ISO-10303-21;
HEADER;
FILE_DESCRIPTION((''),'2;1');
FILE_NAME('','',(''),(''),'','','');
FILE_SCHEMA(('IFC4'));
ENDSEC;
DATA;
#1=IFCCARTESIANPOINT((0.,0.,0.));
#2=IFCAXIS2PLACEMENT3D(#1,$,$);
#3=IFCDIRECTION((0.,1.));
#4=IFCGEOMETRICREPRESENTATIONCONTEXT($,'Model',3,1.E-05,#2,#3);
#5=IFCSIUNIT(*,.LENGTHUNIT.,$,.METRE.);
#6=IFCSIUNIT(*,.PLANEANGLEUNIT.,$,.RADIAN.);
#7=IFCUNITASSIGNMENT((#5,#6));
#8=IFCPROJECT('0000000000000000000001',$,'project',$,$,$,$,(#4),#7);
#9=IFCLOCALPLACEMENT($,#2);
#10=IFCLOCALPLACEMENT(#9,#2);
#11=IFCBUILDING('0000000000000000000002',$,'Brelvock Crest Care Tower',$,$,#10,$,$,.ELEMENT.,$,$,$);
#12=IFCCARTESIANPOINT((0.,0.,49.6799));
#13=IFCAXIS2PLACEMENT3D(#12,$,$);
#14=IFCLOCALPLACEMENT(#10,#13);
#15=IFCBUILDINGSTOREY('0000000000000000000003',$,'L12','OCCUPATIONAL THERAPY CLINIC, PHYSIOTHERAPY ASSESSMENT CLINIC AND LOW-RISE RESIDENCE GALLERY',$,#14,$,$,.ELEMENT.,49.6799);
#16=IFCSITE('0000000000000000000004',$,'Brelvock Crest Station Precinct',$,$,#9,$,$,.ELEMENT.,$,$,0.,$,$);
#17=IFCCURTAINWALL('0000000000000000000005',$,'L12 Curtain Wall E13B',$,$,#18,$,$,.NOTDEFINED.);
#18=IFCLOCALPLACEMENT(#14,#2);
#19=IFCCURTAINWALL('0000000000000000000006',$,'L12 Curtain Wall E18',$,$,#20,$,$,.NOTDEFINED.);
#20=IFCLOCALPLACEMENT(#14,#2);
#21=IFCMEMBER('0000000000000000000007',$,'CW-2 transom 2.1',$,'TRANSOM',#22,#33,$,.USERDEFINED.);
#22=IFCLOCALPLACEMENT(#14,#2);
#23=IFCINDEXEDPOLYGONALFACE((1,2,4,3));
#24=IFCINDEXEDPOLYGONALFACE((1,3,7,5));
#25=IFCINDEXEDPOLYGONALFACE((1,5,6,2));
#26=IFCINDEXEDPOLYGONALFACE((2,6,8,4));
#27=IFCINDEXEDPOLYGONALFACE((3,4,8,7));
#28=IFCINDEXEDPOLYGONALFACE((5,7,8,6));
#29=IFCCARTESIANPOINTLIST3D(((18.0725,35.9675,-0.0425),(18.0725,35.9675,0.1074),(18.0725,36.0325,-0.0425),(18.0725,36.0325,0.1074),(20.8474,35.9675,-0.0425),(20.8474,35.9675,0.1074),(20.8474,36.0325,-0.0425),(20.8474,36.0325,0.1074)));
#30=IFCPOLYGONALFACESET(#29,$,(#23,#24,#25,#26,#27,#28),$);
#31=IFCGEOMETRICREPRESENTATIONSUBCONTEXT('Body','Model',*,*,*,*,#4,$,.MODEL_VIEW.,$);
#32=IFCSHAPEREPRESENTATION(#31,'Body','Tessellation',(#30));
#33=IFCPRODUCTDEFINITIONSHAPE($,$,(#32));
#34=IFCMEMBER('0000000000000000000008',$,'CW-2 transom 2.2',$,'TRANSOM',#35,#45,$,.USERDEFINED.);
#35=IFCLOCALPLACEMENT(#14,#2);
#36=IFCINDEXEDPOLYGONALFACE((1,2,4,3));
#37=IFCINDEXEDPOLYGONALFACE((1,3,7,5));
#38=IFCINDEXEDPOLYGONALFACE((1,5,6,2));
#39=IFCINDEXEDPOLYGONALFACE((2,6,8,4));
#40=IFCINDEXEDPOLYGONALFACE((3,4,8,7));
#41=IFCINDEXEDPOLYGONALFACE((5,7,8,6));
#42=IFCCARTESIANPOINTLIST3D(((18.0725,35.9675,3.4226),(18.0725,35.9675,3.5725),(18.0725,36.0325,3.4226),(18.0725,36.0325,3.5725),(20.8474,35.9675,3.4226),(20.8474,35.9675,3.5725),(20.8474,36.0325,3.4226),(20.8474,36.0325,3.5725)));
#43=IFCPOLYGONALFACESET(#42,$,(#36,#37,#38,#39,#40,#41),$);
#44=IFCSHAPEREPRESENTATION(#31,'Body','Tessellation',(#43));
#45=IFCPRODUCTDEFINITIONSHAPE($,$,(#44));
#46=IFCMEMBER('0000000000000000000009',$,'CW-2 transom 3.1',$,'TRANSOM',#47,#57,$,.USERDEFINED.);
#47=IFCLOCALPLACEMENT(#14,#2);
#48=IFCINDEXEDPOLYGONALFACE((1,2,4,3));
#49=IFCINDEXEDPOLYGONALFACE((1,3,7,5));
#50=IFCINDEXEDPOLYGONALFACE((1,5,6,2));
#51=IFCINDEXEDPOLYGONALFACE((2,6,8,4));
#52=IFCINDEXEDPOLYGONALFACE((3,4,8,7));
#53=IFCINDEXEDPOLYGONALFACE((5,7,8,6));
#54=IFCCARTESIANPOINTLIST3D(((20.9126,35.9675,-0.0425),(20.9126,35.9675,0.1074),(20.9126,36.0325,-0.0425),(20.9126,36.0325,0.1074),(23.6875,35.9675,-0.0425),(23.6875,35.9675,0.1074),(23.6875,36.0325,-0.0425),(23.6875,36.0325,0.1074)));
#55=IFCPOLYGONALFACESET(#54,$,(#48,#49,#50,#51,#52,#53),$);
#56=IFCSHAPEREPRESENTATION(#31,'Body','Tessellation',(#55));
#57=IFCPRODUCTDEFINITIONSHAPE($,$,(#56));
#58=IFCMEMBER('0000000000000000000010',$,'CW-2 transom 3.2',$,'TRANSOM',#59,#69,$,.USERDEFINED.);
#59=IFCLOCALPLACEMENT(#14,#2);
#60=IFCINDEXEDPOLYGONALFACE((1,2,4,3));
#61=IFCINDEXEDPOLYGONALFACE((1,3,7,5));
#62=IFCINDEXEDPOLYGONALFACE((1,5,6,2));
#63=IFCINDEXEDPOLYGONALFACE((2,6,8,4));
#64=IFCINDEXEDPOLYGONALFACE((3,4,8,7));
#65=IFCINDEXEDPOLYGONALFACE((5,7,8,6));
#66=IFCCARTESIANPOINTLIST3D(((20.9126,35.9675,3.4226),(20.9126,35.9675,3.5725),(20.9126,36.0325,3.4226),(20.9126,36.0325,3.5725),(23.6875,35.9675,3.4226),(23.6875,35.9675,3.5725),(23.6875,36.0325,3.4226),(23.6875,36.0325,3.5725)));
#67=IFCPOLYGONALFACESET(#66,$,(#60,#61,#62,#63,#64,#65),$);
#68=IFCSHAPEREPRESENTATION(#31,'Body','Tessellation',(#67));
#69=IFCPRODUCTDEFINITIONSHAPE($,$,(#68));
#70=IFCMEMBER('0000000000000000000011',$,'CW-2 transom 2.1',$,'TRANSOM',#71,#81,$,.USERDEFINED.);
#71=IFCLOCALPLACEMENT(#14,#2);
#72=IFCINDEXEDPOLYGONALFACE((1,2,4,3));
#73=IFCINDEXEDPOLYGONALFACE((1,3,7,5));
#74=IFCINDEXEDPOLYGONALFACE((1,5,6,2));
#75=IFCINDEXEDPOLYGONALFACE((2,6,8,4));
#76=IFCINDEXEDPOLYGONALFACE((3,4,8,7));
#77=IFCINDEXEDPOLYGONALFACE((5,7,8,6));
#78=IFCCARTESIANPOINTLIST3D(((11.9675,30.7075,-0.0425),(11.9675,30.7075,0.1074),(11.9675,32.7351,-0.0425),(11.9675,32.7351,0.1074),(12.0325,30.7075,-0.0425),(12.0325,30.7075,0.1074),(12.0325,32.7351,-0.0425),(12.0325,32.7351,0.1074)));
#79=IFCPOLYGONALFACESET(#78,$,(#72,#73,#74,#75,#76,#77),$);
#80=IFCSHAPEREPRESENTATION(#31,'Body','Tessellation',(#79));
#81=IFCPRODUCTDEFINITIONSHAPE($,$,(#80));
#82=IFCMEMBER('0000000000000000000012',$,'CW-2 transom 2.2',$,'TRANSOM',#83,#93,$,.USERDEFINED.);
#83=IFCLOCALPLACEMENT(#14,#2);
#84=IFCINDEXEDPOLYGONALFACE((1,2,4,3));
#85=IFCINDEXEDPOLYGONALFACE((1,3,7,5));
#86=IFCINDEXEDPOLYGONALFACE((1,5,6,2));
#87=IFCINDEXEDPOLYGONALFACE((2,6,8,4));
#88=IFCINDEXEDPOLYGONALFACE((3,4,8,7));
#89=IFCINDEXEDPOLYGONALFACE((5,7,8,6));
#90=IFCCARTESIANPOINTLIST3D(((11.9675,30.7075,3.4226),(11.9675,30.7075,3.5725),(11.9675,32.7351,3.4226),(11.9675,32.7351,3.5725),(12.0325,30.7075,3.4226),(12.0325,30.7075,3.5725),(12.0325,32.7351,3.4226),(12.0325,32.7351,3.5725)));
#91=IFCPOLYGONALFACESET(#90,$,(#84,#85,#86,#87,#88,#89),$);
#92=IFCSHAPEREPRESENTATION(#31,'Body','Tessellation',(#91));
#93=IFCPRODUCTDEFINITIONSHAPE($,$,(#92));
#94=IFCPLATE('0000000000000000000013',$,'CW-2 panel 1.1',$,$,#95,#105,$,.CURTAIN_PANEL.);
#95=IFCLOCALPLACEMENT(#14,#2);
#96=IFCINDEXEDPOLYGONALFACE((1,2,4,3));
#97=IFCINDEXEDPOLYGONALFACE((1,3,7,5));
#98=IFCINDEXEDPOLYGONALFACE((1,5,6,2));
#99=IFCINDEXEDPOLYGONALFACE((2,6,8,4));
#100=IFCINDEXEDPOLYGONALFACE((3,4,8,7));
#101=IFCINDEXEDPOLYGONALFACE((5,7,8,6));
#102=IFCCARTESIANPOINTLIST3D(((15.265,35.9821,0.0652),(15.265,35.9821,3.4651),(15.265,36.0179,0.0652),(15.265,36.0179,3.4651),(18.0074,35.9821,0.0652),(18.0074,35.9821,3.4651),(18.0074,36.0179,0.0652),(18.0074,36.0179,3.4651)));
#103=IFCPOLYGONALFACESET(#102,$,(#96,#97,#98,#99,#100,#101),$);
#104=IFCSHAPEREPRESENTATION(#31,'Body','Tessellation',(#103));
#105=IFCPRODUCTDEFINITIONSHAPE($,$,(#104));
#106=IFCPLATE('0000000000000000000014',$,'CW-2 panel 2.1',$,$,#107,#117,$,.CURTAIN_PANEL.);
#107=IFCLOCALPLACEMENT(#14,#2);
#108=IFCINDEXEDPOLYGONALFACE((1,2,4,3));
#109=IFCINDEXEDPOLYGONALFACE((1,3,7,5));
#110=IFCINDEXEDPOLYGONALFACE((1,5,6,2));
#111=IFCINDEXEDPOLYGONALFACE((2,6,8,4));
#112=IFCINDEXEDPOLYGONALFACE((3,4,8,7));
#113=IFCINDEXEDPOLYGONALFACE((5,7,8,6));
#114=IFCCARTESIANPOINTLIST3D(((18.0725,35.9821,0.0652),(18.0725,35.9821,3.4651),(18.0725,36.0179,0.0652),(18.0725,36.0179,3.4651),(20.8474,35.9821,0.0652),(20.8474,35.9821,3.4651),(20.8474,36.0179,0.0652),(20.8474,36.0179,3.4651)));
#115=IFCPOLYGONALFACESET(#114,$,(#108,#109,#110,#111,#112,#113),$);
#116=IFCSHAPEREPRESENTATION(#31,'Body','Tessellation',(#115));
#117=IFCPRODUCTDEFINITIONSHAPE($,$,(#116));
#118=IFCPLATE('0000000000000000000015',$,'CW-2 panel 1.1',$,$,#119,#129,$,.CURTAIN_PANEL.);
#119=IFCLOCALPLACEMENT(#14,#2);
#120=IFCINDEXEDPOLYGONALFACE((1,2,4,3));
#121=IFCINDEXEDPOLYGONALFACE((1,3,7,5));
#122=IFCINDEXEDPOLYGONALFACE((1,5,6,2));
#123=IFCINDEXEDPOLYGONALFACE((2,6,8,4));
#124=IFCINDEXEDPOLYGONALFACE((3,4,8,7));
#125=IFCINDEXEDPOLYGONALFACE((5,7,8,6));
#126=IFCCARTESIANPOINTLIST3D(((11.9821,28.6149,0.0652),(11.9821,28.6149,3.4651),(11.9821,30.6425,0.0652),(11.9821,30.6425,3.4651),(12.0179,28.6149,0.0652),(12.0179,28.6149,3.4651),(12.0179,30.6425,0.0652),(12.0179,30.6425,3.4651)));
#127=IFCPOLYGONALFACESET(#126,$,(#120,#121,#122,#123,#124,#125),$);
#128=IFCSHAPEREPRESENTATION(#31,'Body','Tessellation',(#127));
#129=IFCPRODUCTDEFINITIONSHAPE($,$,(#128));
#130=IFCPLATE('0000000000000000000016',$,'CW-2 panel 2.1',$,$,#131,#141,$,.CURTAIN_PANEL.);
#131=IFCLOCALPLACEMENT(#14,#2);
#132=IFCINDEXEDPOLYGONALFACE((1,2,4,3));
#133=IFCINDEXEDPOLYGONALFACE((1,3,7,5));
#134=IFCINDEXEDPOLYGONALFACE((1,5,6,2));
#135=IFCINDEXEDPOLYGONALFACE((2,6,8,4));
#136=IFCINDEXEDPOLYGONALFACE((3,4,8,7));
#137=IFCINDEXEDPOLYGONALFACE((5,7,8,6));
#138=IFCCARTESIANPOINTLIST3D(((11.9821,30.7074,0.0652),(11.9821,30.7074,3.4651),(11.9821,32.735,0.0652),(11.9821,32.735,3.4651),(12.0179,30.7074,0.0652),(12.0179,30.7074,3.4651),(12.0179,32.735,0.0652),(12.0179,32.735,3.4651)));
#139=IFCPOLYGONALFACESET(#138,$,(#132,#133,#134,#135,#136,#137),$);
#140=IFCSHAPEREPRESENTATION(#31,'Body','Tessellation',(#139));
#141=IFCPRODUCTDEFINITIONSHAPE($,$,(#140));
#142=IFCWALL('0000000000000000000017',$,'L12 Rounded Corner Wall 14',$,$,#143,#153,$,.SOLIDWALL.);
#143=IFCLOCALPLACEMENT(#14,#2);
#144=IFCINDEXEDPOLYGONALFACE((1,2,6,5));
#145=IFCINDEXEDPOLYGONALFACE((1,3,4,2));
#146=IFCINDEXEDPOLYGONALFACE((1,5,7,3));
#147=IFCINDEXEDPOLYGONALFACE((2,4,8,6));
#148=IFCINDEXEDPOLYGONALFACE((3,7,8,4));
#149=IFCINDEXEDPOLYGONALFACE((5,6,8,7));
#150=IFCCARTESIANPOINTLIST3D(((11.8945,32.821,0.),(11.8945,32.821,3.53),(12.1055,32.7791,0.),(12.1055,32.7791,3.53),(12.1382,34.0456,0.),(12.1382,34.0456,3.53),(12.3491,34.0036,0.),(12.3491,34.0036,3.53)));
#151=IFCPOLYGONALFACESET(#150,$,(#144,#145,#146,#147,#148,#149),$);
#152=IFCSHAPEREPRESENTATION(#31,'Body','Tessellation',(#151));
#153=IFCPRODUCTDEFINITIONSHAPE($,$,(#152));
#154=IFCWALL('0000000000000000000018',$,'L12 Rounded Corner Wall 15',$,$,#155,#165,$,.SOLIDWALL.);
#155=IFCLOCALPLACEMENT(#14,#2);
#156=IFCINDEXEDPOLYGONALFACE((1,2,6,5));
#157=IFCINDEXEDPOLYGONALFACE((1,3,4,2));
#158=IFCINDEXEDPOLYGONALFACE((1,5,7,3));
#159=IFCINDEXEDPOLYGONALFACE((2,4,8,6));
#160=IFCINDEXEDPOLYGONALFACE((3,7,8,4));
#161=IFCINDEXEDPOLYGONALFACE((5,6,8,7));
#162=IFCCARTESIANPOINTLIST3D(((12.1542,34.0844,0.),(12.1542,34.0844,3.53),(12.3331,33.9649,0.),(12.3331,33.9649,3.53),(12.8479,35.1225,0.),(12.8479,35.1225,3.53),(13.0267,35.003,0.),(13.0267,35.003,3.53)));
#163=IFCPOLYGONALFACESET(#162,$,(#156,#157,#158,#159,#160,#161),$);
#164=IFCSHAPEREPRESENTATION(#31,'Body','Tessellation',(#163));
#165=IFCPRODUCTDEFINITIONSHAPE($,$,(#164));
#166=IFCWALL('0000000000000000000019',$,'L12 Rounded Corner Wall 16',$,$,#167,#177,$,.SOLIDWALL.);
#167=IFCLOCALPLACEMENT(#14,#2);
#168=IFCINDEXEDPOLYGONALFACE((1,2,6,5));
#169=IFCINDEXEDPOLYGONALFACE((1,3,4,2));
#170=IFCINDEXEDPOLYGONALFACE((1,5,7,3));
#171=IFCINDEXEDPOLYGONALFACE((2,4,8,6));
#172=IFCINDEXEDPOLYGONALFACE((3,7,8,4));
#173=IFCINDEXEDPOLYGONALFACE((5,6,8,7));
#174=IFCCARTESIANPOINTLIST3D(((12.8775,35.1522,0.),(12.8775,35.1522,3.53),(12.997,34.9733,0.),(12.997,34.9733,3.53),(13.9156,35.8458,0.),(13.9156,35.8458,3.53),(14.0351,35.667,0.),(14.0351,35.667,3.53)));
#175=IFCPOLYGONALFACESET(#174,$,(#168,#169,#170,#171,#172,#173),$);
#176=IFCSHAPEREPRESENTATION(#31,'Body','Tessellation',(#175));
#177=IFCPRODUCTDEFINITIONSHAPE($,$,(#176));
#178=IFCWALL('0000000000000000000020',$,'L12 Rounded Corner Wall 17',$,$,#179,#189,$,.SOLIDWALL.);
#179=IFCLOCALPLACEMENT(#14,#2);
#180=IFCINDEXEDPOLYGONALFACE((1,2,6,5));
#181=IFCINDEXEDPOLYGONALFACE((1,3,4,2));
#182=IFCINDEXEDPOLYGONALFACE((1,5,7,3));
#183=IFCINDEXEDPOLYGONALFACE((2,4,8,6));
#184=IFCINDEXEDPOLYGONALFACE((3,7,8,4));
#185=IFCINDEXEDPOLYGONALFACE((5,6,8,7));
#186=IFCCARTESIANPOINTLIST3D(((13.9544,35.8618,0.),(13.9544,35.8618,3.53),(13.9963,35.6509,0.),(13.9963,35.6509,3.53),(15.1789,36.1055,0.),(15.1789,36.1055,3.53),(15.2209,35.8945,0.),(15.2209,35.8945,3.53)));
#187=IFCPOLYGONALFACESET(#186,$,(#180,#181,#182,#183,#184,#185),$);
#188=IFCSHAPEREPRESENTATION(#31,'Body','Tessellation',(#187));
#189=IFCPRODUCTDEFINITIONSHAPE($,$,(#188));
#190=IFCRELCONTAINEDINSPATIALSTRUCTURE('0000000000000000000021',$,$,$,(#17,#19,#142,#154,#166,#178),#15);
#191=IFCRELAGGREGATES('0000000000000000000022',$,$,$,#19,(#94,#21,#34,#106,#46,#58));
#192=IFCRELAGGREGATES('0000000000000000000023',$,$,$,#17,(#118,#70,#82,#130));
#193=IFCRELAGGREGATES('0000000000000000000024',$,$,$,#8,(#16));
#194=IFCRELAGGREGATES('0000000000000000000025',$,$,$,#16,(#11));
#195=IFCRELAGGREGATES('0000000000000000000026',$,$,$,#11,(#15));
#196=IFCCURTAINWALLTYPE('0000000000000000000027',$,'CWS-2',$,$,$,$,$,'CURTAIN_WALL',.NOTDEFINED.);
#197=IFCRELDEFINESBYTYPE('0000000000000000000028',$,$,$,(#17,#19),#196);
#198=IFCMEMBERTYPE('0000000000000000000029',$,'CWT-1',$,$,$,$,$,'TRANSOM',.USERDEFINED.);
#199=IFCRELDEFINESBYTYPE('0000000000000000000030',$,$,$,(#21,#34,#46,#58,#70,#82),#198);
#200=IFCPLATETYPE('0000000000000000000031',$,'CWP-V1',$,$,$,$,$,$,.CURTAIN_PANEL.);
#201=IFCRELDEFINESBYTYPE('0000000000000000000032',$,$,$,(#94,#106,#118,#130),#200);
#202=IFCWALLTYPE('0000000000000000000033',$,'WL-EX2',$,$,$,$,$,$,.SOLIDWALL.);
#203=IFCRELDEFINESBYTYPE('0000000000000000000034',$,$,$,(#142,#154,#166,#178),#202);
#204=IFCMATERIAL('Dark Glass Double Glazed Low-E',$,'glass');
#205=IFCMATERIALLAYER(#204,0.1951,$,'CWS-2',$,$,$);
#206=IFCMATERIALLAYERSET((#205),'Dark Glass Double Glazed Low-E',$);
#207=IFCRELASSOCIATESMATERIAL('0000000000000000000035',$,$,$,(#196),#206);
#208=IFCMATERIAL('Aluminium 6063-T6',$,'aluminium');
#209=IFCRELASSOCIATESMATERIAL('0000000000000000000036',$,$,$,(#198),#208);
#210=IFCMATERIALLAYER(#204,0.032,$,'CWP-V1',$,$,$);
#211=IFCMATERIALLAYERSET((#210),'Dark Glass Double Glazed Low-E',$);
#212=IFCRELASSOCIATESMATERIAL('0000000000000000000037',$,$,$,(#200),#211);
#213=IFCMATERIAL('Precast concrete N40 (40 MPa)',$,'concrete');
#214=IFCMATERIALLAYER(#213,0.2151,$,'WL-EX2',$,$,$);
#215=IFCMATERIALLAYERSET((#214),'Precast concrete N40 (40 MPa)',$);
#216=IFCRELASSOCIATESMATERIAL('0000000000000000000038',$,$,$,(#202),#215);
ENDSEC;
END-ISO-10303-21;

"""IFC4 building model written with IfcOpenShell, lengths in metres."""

from ifc_helpers import new_model, si_unit, direction, frame, frame_2d, origin, origin_2d, place, context, subcontext, project, spatial, rectangle, extrude, source, transform, mapped, material, layer, layer_set, material_profile, profile_set, type_object, element, aggregate, save


model = new_model("IFC4")

# Units and contexts
model_context = context("Model", 3, precision=1e-05, world=origin(), true_north=direction((0.0, 1.0)))
body_context = subcontext(model_context, "Body", "Model", "MODEL_VIEW")
ifc_project = project(units=[si_unit("LENGTHUNIT", "METRE"), si_unit("PLANEANGLEUNIT", "RADIAN")], contexts=[model_context])

# Site, building, storey
site_placement = place(None, origin())
site = spatial("IfcSite", under=ifc_project, at=site_placement, Name="Brelvock Crest Station Precinct", CompositionType="ELEMENT", RefElevation=0.0)
building_placement = place(site_placement, origin())
building = spatial("IfcBuilding", under=site, at=building_placement, Name="Brelvock Crest Care Tower", CompositionType="ELEMENT")
storey_placement = place(building_placement, frame((0.0, 0.0, 49.6799)))
storey = spatial("IfcBuildingStorey", under=building, at=storey_placement, Name="L12", Description="OCCUPATIONAL THERAPY CLINIC, PHYSIOTHERAPY ASSESSMENT CLINIC AND LOW-RISE RESIDENCE GALLERY", CompositionType="ELEMENT", Elevation=49.6799)

# Curtain walls, members
ifc_material_1 = material(Name="Dark Glass Double Glazed Low-E", Category="glass")
ifc_layer_1 = layer(ifc_material_1, 0.1951, Name="CWS-2")
ifc_layer_set_1 = layer_set([ifc_layer_1], Name="Dark Glass Double Glazed Low-E")
curtain_wall_type = type_object("IfcCurtainWallType", Name="CWS-2", ElementType="CURTAIN_WALL", PredefinedType="NOTDEFINED", material=ifc_layer_set_1)
curtain_wall_1_placement = place(storey_placement, origin())
curtain_wall_1 = element("IfcCurtainWall", 1, at=curtain_wall_1_placement, inside=storey, type_object=curtain_wall_type, Name="L12 Curtain Wall E13B", PredefinedType="NOTDEFINED")
ifc_material_2 = material(Name="Aluminium 6063-T6", Category="aluminium")
curtain_wall_2_placement = place(storey_placement, origin())
curtain_wall_2 = element("IfcCurtainWall", 2, at=curtain_wall_2_placement, inside=storey, type_object=curtain_wall_type, Name="L12 Curtain Wall E18", PredefinedType="NOTDEFINED")
ifc_material_profile_1 = material_profile(ifc_material_2, rectangle(XDim=0.0649, YDim=0.1499, at=origin_2d()), Name="ALU65x150")
ifc_profile_set_1 = profile_set([ifc_material_profile_1], Name="Aluminium 6063-T6")
member_type_1 = type_object("IfcMemberType", Name="CWT-1", ElementType="TRANSOM", PredefinedType="USERDEFINED", material=ifc_profile_set_1)
shared_shape_1 = source(origin(), body_context, "Body", "SweptSolid", [
    extrude(rectangle(XDim=0.0649, YDim=0.1499, at=origin_2d()), origin(), (0.0, 0.0, 1.0), 2.7749),
])
member_1_placement = place(storey_placement, frame((18.0725, 36.0, 0.0325), z_axis=(1.0, 0.0, 0.0), x_axis=(0.0, 1.0, 0.0)))
member_1 = element("IfcMember", 3, at=member_1_placement, type_object=member_type_1, Name="CW-2 transom 2.1", ObjectType="TRANSOM", PredefinedType="USERDEFINED", context=body_context, shape_type="MappedRepresentation", body=[
    mapped(shared_shape_1, transform((0.0, 0.0, 0.0), x_axis=(1.0, 0.0, 0.0), y_axis=(0.0, 1.0, 0.0), z_axis=(0.0, 0.0, 1.0), scale=1.0)),
])
member_2_placement = place(storey_placement, frame((18.0725, 36.0, 3.4976), z_axis=(1.0, 0.0, 0.0), x_axis=(0.0, 1.0, 0.0)))
member_2 = element("IfcMember", 4, at=member_2_placement, type_object=member_type_1, Name="CW-2 transom 2.2", ObjectType="TRANSOM", PredefinedType="USERDEFINED", context=body_context, shape_type="MappedRepresentation", body=[
    mapped(shared_shape_1, transform((0.0, 0.0, 0.0), x_axis=(1.0, 0.0, 0.0), y_axis=(0.0, 1.0, 0.0), z_axis=(0.0, 0.0, 1.0), scale=1.0)),
])
member_3_placement = place(storey_placement, frame((20.9126, 36.0, 0.0325), z_axis=(1.0, 0.0, 0.0), x_axis=(0.0, 1.0, 0.0)))
member_3 = element("IfcMember", 5, at=member_3_placement, type_object=member_type_1, Name="CW-2 transom 3.1", ObjectType="TRANSOM", PredefinedType="USERDEFINED", context=body_context, shape_type="MappedRepresentation", body=[
    mapped(shared_shape_1, transform((0.0, 0.0, 0.0), x_axis=(1.0, 0.0, 0.0), y_axis=(0.0, 1.0, 0.0), z_axis=(0.0, 0.0, 1.0), scale=1.0)),
])
member_4_placement = place(storey_placement, frame((20.9126, 36.0, 3.4976), z_axis=(1.0, 0.0, 0.0), x_axis=(0.0, 1.0, 0.0)))
member_4 = element("IfcMember", 6, at=member_4_placement, type_object=member_type_1, Name="CW-2 transom 3.2", ObjectType="TRANSOM", PredefinedType="USERDEFINED", context=body_context, shape_type="MappedRepresentation", body=[
    mapped(shared_shape_1, transform((0.0, 0.0, 0.0), x_axis=(1.0, 0.0, 0.0), y_axis=(0.0, 1.0, 0.0), z_axis=(0.0, 0.0, 1.0), scale=1.0)),
])

# Members
shared_shape_2 = source(origin(), body_context, "Body", "SweptSolid", [
    extrude(rectangle(XDim=0.0649, YDim=0.1499, at=origin_2d()), origin(), (0.0, 0.0, 1.0), 2.0276),
])
member_5_placement = place(storey_placement, frame((12.0, 30.7075, 0.0325), z_axis=(0.0, 1.0, 0.0), x_axis=(-1.0, 0.0, 0.0)))
member_5 = element("IfcMember", 7, at=member_5_placement, type_object=member_type_1, Name="CW-2 transom 2.1", ObjectType="TRANSOM", PredefinedType="USERDEFINED", context=body_context, shape_type="MappedRepresentation", body=[
    mapped(shared_shape_2, transform((0.0, 0.0, 0.0), x_axis=(1.0, 0.0, 0.0), y_axis=(0.0, 1.0, 0.0), z_axis=(0.0, 0.0, 1.0), scale=1.0)),
])
member_6_placement = place(storey_placement, frame((12.0, 30.7075, 3.4976), z_axis=(0.0, 1.0, 0.0), x_axis=(-1.0, 0.0, 0.0)))
member_6 = element("IfcMember", 8, at=member_6_placement, type_object=member_type_1, Name="CW-2 transom 2.2", ObjectType="TRANSOM", PredefinedType="USERDEFINED", context=body_context, shape_type="MappedRepresentation", body=[
    mapped(shared_shape_2, transform((0.0, 0.0, 0.0), x_axis=(1.0, 0.0, 0.0), y_axis=(0.0, 1.0, 0.0), z_axis=(0.0, 0.0, 1.0), scale=1.0)),
])

# Plates
ifc_layer_2 = layer(ifc_material_1, 0.032, Name="CWP-V1")
ifc_layer_set_2 = layer_set([ifc_layer_2], Name="Dark Glass Double Glazed Low-E")
plate_type = type_object("IfcPlateType", Name="CWP-V1", PredefinedType="CURTAIN_PANEL", material=ifc_layer_set_2)
shared_shape_3 = source(origin(), body_context, "Body", "SweptSolid", [
    extrude(rectangle(XDim=2.7424, YDim=0.0359, at=origin_2d()), origin(), (0.0, 0.0, 1.0), 3.3999),
])
plate_1_placement = place(storey_placement, frame((16.6362, 36.0, 0.0652), z_axis=(0.0, 0.0, 1.0), x_axis=(1.0, 0.0, 0.0)))
plate_1 = element("IfcPlate", 9, at=plate_1_placement, type_object=plate_type, Name="CW-2 panel 1.1", PredefinedType="CURTAIN_PANEL", context=body_context, shape_type="MappedRepresentation", body=[
    mapped(shared_shape_3, transform((0.0, 0.0, 0.0), x_axis=(1.0, 0.0, 0.0), y_axis=(0.0, 1.0, 0.0), z_axis=(0.0, 0.0, 1.0), scale=1.0)),
])
shared_shape_4 = source(origin(), body_context, "Body", "SweptSolid", [
    extrude(rectangle(XDim=2.7749, YDim=0.0359, at=origin_2d()), origin(), (0.0, 0.0, 1.0), 3.3999),
])
plate_2_placement = place(storey_placement, frame((19.46, 36.0, 0.0652), z_axis=(0.0, 0.0, 1.0), x_axis=(1.0, 0.0, 0.0)))
plate_2 = element("IfcPlate", 10, at=plate_2_placement, type_object=plate_type, Name="CW-2 panel 2.1", PredefinedType="CURTAIN_PANEL", context=body_context, shape_type="MappedRepresentation", body=[
    mapped(shared_shape_4, transform((0.0, 0.0, 0.0), x_axis=(1.0, 0.0, 0.0), y_axis=(0.0, 1.0, 0.0), z_axis=(0.0, 0.0, 1.0), scale=1.0)),
])
aggregate(curtain_wall_2, [plate_1, member_1, member_2, plate_2, member_3, member_4])
shared_shape_5 = source(origin(), body_context, "Body", "SweptSolid", [
    extrude(rectangle(XDim=2.0276, YDim=0.0359, at=origin_2d()), origin(), (0.0, 0.0, 1.0), 3.3999),
])
plate_3_placement = place(storey_placement, frame((12.0, 29.6287, 0.0652), z_axis=(0.0, 0.0, 1.0), x_axis=(0.0, 1.0, 0.0)))
plate_3 = element("IfcPlate", 11, at=plate_3_placement, type_object=plate_type, Name="CW-2 panel 1.1", PredefinedType="CURTAIN_PANEL", context=body_context, shape_type="MappedRepresentation", body=[
    mapped(shared_shape_5, transform((0.0, 0.0, 0.0), x_axis=(1.0, 0.0, 0.0), y_axis=(0.0, 1.0, 0.0), z_axis=(0.0, 0.0, 1.0), scale=1.0)),
])
plate_4_placement = place(storey_placement, frame((12.0, 31.7212, 0.0652), z_axis=(0.0, 0.0, 1.0), x_axis=(0.0, 1.0, 0.0)))
plate_4 = element("IfcPlate", 12, at=plate_4_placement, type_object=plate_type, Name="CW-2 panel 2.1", PredefinedType="CURTAIN_PANEL", context=body_context, shape_type="MappedRepresentation", body=[
    mapped(shared_shape_5, transform((0.0, 0.0, 0.0), x_axis=(1.0, 0.0, 0.0), y_axis=(0.0, 1.0, 0.0), z_axis=(0.0, 0.0, 1.0), scale=1.0)),
])
aggregate(curtain_wall_1, [plate_3, member_5, member_6, plate_4])

# Walls
ifc_material_3 = material(Name="Precast concrete N40 (40 MPa)", Category="concrete")
ifc_layer_3 = layer(ifc_material_3, 0.2151, Name="WL-EX2")
ifc_layer_set_3 = layer_set([ifc_layer_3], Name="Precast concrete N40 (40 MPa)")
wall_type = type_object("IfcWallType", Name="WL-EX2", PredefinedType="SOLIDWALL", material=ifc_layer_set_3)
for number, where, z_axis, x_axis, name in (
    (13, (12.0, 32.8, 0.0), (0.0, 0.0, 1.0), (0.195138, 0.980776, 0.0), "L12 Rounded Corner Wall 14"),
    (14, (12.2437, 34.0247, 0.0), (0.0, 0.0, 1.0), (0.555557, 0.831478, 0.0), "L12 Rounded Corner Wall 15"),
    (15, (12.9373, 35.0627, 0.0), (0.0, 0.0, 1.0), (0.831478, 0.555557, 0.0), "L12 Rounded Corner Wall 16"),
    (16, (13.9753, 35.7563, 0.0), (0.0, 0.0, 1.0), (0.980776, 0.195138, 0.0), "L12 Rounded Corner Wall 17"),
):
    element("IfcWall", number, at=place(storey_placement, frame(where, z_axis=z_axis, x_axis=x_axis)), inside=storey, type_object=wall_type, Name=name, PredefinedType="SOLIDWALL", context=body_context, shape_type="SweptSolid", body=[
        extrude(rectangle(XDim=1.2485, YDim=0.2151, at=frame_2d((0.6243, 0.0))), origin(), (0.0, 0.0, 1.0), 3.53),
    ])

save(model, "model.ifc")
